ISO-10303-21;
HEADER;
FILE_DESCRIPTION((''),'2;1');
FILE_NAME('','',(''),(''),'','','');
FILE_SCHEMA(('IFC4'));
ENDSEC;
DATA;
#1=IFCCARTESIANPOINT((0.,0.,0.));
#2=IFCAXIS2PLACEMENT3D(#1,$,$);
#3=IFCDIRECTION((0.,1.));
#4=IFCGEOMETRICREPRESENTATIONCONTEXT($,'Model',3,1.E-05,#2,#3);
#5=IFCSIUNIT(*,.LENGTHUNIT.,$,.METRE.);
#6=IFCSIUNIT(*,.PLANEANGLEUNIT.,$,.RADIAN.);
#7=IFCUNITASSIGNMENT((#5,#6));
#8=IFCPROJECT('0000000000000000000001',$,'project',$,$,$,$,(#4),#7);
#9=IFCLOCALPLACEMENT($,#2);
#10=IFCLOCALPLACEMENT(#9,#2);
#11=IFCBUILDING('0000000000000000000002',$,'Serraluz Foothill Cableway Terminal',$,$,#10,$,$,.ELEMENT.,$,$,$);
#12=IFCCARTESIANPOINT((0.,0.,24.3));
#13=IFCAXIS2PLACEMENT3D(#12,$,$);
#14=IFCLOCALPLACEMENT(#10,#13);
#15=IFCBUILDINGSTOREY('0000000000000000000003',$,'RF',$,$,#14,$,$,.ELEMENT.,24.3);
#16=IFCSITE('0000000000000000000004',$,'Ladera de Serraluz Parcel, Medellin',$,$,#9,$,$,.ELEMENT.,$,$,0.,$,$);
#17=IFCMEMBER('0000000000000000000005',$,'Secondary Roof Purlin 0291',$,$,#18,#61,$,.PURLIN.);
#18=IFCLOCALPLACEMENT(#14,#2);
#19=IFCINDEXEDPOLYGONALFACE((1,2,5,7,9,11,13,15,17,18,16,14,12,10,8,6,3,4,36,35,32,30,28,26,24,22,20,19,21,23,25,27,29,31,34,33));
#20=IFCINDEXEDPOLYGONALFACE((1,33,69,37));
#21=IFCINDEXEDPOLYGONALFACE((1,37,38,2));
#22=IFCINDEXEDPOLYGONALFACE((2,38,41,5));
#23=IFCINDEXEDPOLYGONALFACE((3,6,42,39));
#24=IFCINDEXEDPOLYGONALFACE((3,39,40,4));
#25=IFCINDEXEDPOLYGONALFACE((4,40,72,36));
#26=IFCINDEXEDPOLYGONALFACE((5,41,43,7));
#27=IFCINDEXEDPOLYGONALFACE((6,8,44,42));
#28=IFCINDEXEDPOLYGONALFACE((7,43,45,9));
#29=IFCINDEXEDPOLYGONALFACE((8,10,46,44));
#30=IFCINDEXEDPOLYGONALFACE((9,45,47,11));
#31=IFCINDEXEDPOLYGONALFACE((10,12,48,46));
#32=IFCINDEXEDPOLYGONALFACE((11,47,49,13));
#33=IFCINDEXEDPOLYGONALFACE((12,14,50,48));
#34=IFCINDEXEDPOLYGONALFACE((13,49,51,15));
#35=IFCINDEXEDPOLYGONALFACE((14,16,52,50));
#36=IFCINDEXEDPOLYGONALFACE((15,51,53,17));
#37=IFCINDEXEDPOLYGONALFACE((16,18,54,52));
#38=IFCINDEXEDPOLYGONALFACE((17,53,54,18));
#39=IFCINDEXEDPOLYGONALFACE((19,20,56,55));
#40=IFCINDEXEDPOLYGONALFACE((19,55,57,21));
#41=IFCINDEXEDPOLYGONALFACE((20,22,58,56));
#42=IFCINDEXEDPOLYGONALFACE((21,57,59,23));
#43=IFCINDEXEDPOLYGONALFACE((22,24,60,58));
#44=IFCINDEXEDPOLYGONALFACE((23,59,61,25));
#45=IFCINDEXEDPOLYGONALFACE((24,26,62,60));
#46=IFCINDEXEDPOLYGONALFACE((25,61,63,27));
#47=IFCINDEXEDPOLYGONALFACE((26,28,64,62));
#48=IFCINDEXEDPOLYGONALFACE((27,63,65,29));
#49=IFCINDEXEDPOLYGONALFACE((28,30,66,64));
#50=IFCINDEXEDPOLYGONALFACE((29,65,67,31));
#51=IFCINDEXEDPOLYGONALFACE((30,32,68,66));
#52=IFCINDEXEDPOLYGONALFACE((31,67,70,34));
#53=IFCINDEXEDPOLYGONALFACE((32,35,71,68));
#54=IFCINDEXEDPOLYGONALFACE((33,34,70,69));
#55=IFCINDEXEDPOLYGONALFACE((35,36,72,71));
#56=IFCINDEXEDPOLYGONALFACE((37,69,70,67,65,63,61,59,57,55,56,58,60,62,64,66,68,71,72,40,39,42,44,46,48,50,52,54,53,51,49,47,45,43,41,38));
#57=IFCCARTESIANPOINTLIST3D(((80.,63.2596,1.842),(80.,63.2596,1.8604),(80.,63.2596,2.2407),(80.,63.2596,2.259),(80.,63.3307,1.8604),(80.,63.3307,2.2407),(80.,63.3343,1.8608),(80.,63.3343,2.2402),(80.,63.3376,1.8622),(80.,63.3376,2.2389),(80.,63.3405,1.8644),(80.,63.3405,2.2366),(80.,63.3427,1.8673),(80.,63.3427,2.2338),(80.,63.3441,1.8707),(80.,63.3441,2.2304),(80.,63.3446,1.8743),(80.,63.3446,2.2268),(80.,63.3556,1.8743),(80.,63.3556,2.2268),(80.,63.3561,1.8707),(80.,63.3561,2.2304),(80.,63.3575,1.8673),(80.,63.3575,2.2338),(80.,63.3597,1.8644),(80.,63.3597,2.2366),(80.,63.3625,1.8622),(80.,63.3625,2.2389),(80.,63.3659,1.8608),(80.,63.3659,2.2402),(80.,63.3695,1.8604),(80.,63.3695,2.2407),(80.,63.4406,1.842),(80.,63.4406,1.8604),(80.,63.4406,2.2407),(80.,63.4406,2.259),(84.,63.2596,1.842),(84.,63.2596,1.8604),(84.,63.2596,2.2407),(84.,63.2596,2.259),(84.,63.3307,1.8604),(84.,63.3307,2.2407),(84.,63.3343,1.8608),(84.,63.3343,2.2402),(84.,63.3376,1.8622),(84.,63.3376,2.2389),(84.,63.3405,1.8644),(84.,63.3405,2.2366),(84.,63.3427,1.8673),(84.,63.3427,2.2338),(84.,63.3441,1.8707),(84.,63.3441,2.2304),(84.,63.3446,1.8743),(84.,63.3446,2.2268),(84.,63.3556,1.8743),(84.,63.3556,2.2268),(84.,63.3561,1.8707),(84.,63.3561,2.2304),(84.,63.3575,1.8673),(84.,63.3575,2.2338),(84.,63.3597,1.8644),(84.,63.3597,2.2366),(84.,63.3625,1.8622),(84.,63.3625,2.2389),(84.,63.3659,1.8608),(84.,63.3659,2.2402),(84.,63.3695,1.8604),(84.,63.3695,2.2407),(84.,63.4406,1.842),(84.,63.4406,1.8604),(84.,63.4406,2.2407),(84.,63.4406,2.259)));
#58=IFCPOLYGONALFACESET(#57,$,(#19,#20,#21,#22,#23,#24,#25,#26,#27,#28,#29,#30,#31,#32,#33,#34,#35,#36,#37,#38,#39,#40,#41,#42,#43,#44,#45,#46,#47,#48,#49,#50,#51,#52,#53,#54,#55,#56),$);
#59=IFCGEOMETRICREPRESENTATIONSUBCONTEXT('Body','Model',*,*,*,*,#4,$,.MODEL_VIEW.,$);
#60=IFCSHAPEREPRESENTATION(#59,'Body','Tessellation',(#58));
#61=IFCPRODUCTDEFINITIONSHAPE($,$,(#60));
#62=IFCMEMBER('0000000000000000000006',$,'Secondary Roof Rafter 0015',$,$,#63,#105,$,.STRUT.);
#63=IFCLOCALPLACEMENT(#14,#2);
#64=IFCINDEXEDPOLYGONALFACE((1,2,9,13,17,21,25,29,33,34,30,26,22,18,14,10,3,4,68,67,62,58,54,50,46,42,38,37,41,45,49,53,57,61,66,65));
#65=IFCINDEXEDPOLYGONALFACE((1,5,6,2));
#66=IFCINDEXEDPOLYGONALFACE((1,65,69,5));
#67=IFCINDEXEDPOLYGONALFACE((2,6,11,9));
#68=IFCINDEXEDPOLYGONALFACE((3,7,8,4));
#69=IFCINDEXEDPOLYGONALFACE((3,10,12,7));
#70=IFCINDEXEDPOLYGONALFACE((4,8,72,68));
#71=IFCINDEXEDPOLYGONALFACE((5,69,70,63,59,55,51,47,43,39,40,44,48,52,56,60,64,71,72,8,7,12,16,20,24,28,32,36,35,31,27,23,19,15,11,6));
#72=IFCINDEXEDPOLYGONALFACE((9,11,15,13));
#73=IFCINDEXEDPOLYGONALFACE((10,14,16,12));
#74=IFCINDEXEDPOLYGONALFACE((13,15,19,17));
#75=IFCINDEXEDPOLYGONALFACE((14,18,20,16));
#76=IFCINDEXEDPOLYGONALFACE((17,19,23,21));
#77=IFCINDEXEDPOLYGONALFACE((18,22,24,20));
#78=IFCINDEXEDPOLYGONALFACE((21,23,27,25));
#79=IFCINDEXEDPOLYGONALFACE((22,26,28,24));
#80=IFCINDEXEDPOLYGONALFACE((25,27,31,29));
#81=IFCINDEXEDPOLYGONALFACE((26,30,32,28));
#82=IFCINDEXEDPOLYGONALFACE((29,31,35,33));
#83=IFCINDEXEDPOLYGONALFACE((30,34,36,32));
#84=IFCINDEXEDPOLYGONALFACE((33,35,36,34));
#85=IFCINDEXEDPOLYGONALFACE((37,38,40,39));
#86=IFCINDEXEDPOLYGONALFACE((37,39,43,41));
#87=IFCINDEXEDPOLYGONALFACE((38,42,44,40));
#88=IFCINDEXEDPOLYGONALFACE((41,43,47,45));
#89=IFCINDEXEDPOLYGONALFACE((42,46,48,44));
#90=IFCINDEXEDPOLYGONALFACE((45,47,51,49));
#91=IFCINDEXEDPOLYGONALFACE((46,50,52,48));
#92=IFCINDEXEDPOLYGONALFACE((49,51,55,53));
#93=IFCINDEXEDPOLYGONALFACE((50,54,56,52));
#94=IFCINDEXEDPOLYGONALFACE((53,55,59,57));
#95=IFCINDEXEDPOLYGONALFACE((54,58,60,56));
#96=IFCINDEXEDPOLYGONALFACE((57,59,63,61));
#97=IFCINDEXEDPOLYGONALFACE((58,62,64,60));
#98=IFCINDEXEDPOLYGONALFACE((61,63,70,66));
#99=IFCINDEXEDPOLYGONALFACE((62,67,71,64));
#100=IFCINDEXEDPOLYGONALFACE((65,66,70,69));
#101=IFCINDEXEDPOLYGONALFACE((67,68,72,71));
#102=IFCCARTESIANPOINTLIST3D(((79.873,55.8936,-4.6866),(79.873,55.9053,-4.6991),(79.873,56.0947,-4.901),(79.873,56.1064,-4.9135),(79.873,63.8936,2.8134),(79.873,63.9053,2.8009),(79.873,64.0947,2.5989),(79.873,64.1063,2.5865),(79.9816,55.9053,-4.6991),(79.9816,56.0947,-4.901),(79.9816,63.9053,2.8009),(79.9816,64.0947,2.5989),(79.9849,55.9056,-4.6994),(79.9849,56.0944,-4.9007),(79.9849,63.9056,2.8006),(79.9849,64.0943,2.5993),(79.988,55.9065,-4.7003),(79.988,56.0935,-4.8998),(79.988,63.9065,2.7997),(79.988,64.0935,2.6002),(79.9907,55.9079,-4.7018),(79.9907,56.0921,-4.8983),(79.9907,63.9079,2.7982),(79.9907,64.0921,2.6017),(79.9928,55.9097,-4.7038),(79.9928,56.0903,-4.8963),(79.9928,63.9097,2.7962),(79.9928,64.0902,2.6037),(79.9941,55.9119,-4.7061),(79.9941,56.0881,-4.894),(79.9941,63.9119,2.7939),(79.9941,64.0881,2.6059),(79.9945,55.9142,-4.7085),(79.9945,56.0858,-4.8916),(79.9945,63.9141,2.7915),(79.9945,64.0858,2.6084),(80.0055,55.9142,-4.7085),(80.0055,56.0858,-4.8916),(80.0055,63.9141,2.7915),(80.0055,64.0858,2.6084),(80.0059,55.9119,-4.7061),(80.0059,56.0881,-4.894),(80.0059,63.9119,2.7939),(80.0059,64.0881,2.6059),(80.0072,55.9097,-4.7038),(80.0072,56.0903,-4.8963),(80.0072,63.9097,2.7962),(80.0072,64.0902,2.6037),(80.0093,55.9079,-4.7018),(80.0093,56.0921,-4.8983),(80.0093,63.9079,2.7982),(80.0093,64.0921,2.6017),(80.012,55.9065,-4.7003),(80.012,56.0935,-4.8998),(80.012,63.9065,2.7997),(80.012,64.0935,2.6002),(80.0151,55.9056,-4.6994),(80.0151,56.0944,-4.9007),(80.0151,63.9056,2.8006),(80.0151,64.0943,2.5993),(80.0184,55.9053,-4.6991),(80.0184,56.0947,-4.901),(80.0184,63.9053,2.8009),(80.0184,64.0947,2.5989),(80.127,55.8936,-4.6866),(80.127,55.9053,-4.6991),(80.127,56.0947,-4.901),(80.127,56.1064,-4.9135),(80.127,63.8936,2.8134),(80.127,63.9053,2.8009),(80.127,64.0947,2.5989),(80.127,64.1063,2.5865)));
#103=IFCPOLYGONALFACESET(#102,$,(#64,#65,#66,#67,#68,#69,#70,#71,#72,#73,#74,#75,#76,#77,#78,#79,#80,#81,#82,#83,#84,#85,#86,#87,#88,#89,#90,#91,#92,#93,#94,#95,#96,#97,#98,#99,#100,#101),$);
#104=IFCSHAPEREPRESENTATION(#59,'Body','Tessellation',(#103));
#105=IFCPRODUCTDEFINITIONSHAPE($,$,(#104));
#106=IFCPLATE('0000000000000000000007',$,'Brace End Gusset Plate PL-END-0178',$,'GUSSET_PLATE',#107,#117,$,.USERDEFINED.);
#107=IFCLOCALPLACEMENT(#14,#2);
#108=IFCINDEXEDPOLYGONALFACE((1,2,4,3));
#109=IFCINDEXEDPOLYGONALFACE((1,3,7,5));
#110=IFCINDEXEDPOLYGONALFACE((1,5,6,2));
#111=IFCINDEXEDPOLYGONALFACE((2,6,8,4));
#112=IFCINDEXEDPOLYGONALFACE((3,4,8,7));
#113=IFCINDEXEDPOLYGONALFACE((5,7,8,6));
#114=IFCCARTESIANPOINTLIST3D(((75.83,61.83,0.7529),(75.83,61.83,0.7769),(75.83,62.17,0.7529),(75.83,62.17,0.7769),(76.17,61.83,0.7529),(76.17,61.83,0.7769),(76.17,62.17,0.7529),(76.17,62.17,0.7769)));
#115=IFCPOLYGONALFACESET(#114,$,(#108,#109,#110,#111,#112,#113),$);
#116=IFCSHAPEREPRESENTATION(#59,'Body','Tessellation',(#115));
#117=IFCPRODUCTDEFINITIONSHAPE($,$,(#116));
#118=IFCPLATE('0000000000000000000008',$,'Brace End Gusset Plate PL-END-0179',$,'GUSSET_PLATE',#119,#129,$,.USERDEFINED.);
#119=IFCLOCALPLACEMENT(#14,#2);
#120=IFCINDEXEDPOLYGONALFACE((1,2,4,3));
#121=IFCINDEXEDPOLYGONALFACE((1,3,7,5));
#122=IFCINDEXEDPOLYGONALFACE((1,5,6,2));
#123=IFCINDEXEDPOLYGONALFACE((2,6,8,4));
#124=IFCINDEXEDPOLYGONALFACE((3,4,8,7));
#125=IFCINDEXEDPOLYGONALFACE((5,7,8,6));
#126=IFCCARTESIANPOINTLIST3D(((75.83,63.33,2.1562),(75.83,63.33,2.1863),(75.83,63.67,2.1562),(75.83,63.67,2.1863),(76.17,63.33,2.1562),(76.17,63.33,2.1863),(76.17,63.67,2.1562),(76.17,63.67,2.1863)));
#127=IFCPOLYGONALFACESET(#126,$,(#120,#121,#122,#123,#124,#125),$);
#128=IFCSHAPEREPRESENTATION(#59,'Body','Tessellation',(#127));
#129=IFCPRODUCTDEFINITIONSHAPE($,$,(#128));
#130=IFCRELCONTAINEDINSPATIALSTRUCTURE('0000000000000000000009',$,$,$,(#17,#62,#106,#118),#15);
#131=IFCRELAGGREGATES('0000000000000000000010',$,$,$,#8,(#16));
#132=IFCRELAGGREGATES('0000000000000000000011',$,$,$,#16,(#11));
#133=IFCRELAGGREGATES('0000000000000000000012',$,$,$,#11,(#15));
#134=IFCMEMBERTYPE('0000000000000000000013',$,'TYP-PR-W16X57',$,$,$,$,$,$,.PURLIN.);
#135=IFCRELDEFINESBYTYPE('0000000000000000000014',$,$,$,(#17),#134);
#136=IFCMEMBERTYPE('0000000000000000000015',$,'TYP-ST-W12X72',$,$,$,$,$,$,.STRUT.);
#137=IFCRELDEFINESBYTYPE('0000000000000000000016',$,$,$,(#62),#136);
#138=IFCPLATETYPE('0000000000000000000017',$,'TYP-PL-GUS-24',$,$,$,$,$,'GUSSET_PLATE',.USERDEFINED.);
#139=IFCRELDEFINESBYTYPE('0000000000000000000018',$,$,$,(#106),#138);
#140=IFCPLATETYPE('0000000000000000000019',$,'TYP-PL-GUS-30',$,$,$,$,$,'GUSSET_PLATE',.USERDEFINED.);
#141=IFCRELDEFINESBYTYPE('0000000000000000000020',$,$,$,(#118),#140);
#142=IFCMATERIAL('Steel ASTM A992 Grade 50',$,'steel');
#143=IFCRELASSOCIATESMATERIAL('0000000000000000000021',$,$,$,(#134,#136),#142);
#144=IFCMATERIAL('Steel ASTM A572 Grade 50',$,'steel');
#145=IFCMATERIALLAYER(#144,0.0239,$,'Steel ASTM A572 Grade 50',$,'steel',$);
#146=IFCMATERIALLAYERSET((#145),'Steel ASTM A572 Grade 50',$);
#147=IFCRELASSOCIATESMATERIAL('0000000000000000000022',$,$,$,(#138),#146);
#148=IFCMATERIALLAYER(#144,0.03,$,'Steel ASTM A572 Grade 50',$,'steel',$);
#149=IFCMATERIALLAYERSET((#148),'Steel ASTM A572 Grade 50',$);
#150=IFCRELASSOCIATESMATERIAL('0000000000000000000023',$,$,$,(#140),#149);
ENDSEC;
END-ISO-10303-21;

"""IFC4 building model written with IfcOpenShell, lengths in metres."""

from ifc_helpers import new_model, si_unit, direction, frame, origin, origin_2d, place, context, subcontext, project, spatial, rectangle, i_section, extrude, material, layer, layer_set, material_profile, profile_set, type_object, element, save


model = new_model("IFC4")

# Units and contexts
model_context = context("Model", 3, precision=1e-05, world=origin(), true_north=direction((0.0, 1.0)))
body_context = subcontext(model_context, "Body", "Model", "MODEL_VIEW")
ifc_project = project(units=[si_unit("LENGTHUNIT", "METRE"), si_unit("PLANEANGLEUNIT", "RADIAN")], contexts=[model_context])

# Site, building, storey
site_placement = place(None, origin())
site = spatial("IfcSite", under=ifc_project, at=site_placement, Name="Ladera de Serraluz Parcel, Medellin", CompositionType="ELEMENT", RefElevation=0.0)
building_placement = place(site_placement, origin())
building = spatial("IfcBuilding", under=site, at=building_placement, Name="Serraluz Foothill Cableway Terminal", CompositionType="ELEMENT")
storey_placement = place(building_placement, frame((0.0, 0.0, 24.3)))
storey = spatial("IfcBuildingStorey", under=building, at=storey_placement, Name="RF", CompositionType="ELEMENT", Elevation=24.3)

# Members
ifc_material_1 = material(Name="Steel ASTM A572 Grade 50", Category="steel")
ifc_material_2 = material(Name="Steel ASTM A992 Grade 50", Category="steel")
ifc_material_profile_1 = material_profile(ifc_material_2, i_section(OverallWidth=0.1809, OverallDepth=0.417, WebThickness=0.011, FlangeThickness=0.0183, FilletRadius=0.0139, at=origin_2d()), Name="W16X57")
ifc_profile_set_1 = profile_set([ifc_material_profile_1], Name="Steel ASTM A992 Grade 50")
member_type_1 = type_object("IfcMemberType", Name="TYP-PR-W16X57", PredefinedType="PURLIN", material=ifc_profile_set_1)
for number, where, z_axis, x_axis, name in (
    (1, (80.0, 63.3501, 2.0505), (1.0, 0.0, 0.0), (0.0, 1.0, 0.0), "Secondary Roof Purlin 0291"),
):
    element("IfcMember", number, at=place(storey_placement, frame(where, z_axis=z_axis, x_axis=x_axis)), inside=storey, type_object=member_type_1, Name=name, PredefinedType="PURLIN", context=body_context, shape_type="SweptSolid", body=[
        extrude(i_section(OverallWidth=0.1809, OverallDepth=0.417, WebThickness=0.011, FlangeThickness=0.0183, FilletRadius=0.0139, at=origin_2d()), origin(), (0.0, 0.0, 1.0), 4.0),
    ])
ifc_material_profile_2 = material_profile(ifc_material_2, i_section(OverallWidth=0.2539, OverallDepth=0.311, WebThickness=0.011, FlangeThickness=0.0171, FilletRadius=0.0129, at=origin_2d()), Name="W12X72")
ifc_profile_set_2 = profile_set([ifc_material_profile_2], Name="Steel ASTM A992 Grade 50")
member_type_2 = type_object("IfcMemberType", Name="TYP-ST-W12X72", PredefinedType="STRUT", material=ifc_profile_set_2)
member_1_placement = place(storey_placement, frame((80.0, 56.0, -4.8), z_axis=(0.0, 0.729537, 0.683941), x_axis=(-1.0, 0.0, 0.0)))
element("IfcMember", 2, at=member_1_placement, inside=storey, type_object=member_type_2, Name="Secondary Roof Rafter 0015", PredefinedType="STRUT", context=body_context, shape_type="SweptSolid", body=[
    extrude(i_section(OverallWidth=0.2539, OverallDepth=0.311, WebThickness=0.011, FlangeThickness=0.0171, FilletRadius=0.0129, at=origin_2d()), origin(), (0.0, 0.0, 1.0), 10.9658),
])

# Plates
ifc_layer_1 = layer(ifc_material_1, 0.0239, Name="Steel ASTM A572 Grade 50", Category="steel")
ifc_layer_set_1 = layer_set([ifc_layer_1], Name="Steel ASTM A572 Grade 50")
plate_type_1 = type_object("IfcPlateType", Name="TYP-PL-GUS-24", ElementType="GUSSET_PLATE", PredefinedType="USERDEFINED", material=ifc_layer_set_1)
plate_1_placement = place(storey_placement, frame((76.0, 62.0, 0.7529), z_axis=(0.0, 0.0, 1.0), x_axis=(1.0, 0.0, 0.0)))
element("IfcPlate", 3, at=plate_1_placement, inside=storey, type_object=plate_type_1, Name="Brace End Gusset Plate PL-END-0178", ObjectType="GUSSET_PLATE", PredefinedType="USERDEFINED", context=body_context, shape_type="SweptSolid", body=[
    extrude(rectangle(XDim=0.3401, YDim=0.3401, at=origin_2d()), origin(), (0.0, 0.0, 1.0), 0.0239),
])
ifc_layer_2 = layer(ifc_material_1, 0.03, Name="Steel ASTM A572 Grade 50", Category="steel")
ifc_layer_set_2 = layer_set([ifc_layer_2], Name="Steel ASTM A572 Grade 50")
plate_type_2 = type_object("IfcPlateType", Name="TYP-PL-GUS-30", ElementType="GUSSET_PLATE", PredefinedType="USERDEFINED", material=ifc_layer_set_2)
plate_2_placement = place(storey_placement, frame((76.0, 63.5, 2.1562), z_axis=(0.0, 0.0, 1.0), x_axis=(1.0, 0.0, 0.0)))
element("IfcPlate", 4, at=plate_2_placement, inside=storey, type_object=plate_type_2, Name="Brace End Gusset Plate PL-END-0179", ObjectType="GUSSET_PLATE", PredefinedType="USERDEFINED", context=body_context, shape_type="SweptSolid", body=[
    extrude(rectangle(XDim=0.3401, YDim=0.3401, at=origin_2d()), origin(), (0.0, 0.0, 1.0), 0.03),
])

save(model, "model.ifc")
